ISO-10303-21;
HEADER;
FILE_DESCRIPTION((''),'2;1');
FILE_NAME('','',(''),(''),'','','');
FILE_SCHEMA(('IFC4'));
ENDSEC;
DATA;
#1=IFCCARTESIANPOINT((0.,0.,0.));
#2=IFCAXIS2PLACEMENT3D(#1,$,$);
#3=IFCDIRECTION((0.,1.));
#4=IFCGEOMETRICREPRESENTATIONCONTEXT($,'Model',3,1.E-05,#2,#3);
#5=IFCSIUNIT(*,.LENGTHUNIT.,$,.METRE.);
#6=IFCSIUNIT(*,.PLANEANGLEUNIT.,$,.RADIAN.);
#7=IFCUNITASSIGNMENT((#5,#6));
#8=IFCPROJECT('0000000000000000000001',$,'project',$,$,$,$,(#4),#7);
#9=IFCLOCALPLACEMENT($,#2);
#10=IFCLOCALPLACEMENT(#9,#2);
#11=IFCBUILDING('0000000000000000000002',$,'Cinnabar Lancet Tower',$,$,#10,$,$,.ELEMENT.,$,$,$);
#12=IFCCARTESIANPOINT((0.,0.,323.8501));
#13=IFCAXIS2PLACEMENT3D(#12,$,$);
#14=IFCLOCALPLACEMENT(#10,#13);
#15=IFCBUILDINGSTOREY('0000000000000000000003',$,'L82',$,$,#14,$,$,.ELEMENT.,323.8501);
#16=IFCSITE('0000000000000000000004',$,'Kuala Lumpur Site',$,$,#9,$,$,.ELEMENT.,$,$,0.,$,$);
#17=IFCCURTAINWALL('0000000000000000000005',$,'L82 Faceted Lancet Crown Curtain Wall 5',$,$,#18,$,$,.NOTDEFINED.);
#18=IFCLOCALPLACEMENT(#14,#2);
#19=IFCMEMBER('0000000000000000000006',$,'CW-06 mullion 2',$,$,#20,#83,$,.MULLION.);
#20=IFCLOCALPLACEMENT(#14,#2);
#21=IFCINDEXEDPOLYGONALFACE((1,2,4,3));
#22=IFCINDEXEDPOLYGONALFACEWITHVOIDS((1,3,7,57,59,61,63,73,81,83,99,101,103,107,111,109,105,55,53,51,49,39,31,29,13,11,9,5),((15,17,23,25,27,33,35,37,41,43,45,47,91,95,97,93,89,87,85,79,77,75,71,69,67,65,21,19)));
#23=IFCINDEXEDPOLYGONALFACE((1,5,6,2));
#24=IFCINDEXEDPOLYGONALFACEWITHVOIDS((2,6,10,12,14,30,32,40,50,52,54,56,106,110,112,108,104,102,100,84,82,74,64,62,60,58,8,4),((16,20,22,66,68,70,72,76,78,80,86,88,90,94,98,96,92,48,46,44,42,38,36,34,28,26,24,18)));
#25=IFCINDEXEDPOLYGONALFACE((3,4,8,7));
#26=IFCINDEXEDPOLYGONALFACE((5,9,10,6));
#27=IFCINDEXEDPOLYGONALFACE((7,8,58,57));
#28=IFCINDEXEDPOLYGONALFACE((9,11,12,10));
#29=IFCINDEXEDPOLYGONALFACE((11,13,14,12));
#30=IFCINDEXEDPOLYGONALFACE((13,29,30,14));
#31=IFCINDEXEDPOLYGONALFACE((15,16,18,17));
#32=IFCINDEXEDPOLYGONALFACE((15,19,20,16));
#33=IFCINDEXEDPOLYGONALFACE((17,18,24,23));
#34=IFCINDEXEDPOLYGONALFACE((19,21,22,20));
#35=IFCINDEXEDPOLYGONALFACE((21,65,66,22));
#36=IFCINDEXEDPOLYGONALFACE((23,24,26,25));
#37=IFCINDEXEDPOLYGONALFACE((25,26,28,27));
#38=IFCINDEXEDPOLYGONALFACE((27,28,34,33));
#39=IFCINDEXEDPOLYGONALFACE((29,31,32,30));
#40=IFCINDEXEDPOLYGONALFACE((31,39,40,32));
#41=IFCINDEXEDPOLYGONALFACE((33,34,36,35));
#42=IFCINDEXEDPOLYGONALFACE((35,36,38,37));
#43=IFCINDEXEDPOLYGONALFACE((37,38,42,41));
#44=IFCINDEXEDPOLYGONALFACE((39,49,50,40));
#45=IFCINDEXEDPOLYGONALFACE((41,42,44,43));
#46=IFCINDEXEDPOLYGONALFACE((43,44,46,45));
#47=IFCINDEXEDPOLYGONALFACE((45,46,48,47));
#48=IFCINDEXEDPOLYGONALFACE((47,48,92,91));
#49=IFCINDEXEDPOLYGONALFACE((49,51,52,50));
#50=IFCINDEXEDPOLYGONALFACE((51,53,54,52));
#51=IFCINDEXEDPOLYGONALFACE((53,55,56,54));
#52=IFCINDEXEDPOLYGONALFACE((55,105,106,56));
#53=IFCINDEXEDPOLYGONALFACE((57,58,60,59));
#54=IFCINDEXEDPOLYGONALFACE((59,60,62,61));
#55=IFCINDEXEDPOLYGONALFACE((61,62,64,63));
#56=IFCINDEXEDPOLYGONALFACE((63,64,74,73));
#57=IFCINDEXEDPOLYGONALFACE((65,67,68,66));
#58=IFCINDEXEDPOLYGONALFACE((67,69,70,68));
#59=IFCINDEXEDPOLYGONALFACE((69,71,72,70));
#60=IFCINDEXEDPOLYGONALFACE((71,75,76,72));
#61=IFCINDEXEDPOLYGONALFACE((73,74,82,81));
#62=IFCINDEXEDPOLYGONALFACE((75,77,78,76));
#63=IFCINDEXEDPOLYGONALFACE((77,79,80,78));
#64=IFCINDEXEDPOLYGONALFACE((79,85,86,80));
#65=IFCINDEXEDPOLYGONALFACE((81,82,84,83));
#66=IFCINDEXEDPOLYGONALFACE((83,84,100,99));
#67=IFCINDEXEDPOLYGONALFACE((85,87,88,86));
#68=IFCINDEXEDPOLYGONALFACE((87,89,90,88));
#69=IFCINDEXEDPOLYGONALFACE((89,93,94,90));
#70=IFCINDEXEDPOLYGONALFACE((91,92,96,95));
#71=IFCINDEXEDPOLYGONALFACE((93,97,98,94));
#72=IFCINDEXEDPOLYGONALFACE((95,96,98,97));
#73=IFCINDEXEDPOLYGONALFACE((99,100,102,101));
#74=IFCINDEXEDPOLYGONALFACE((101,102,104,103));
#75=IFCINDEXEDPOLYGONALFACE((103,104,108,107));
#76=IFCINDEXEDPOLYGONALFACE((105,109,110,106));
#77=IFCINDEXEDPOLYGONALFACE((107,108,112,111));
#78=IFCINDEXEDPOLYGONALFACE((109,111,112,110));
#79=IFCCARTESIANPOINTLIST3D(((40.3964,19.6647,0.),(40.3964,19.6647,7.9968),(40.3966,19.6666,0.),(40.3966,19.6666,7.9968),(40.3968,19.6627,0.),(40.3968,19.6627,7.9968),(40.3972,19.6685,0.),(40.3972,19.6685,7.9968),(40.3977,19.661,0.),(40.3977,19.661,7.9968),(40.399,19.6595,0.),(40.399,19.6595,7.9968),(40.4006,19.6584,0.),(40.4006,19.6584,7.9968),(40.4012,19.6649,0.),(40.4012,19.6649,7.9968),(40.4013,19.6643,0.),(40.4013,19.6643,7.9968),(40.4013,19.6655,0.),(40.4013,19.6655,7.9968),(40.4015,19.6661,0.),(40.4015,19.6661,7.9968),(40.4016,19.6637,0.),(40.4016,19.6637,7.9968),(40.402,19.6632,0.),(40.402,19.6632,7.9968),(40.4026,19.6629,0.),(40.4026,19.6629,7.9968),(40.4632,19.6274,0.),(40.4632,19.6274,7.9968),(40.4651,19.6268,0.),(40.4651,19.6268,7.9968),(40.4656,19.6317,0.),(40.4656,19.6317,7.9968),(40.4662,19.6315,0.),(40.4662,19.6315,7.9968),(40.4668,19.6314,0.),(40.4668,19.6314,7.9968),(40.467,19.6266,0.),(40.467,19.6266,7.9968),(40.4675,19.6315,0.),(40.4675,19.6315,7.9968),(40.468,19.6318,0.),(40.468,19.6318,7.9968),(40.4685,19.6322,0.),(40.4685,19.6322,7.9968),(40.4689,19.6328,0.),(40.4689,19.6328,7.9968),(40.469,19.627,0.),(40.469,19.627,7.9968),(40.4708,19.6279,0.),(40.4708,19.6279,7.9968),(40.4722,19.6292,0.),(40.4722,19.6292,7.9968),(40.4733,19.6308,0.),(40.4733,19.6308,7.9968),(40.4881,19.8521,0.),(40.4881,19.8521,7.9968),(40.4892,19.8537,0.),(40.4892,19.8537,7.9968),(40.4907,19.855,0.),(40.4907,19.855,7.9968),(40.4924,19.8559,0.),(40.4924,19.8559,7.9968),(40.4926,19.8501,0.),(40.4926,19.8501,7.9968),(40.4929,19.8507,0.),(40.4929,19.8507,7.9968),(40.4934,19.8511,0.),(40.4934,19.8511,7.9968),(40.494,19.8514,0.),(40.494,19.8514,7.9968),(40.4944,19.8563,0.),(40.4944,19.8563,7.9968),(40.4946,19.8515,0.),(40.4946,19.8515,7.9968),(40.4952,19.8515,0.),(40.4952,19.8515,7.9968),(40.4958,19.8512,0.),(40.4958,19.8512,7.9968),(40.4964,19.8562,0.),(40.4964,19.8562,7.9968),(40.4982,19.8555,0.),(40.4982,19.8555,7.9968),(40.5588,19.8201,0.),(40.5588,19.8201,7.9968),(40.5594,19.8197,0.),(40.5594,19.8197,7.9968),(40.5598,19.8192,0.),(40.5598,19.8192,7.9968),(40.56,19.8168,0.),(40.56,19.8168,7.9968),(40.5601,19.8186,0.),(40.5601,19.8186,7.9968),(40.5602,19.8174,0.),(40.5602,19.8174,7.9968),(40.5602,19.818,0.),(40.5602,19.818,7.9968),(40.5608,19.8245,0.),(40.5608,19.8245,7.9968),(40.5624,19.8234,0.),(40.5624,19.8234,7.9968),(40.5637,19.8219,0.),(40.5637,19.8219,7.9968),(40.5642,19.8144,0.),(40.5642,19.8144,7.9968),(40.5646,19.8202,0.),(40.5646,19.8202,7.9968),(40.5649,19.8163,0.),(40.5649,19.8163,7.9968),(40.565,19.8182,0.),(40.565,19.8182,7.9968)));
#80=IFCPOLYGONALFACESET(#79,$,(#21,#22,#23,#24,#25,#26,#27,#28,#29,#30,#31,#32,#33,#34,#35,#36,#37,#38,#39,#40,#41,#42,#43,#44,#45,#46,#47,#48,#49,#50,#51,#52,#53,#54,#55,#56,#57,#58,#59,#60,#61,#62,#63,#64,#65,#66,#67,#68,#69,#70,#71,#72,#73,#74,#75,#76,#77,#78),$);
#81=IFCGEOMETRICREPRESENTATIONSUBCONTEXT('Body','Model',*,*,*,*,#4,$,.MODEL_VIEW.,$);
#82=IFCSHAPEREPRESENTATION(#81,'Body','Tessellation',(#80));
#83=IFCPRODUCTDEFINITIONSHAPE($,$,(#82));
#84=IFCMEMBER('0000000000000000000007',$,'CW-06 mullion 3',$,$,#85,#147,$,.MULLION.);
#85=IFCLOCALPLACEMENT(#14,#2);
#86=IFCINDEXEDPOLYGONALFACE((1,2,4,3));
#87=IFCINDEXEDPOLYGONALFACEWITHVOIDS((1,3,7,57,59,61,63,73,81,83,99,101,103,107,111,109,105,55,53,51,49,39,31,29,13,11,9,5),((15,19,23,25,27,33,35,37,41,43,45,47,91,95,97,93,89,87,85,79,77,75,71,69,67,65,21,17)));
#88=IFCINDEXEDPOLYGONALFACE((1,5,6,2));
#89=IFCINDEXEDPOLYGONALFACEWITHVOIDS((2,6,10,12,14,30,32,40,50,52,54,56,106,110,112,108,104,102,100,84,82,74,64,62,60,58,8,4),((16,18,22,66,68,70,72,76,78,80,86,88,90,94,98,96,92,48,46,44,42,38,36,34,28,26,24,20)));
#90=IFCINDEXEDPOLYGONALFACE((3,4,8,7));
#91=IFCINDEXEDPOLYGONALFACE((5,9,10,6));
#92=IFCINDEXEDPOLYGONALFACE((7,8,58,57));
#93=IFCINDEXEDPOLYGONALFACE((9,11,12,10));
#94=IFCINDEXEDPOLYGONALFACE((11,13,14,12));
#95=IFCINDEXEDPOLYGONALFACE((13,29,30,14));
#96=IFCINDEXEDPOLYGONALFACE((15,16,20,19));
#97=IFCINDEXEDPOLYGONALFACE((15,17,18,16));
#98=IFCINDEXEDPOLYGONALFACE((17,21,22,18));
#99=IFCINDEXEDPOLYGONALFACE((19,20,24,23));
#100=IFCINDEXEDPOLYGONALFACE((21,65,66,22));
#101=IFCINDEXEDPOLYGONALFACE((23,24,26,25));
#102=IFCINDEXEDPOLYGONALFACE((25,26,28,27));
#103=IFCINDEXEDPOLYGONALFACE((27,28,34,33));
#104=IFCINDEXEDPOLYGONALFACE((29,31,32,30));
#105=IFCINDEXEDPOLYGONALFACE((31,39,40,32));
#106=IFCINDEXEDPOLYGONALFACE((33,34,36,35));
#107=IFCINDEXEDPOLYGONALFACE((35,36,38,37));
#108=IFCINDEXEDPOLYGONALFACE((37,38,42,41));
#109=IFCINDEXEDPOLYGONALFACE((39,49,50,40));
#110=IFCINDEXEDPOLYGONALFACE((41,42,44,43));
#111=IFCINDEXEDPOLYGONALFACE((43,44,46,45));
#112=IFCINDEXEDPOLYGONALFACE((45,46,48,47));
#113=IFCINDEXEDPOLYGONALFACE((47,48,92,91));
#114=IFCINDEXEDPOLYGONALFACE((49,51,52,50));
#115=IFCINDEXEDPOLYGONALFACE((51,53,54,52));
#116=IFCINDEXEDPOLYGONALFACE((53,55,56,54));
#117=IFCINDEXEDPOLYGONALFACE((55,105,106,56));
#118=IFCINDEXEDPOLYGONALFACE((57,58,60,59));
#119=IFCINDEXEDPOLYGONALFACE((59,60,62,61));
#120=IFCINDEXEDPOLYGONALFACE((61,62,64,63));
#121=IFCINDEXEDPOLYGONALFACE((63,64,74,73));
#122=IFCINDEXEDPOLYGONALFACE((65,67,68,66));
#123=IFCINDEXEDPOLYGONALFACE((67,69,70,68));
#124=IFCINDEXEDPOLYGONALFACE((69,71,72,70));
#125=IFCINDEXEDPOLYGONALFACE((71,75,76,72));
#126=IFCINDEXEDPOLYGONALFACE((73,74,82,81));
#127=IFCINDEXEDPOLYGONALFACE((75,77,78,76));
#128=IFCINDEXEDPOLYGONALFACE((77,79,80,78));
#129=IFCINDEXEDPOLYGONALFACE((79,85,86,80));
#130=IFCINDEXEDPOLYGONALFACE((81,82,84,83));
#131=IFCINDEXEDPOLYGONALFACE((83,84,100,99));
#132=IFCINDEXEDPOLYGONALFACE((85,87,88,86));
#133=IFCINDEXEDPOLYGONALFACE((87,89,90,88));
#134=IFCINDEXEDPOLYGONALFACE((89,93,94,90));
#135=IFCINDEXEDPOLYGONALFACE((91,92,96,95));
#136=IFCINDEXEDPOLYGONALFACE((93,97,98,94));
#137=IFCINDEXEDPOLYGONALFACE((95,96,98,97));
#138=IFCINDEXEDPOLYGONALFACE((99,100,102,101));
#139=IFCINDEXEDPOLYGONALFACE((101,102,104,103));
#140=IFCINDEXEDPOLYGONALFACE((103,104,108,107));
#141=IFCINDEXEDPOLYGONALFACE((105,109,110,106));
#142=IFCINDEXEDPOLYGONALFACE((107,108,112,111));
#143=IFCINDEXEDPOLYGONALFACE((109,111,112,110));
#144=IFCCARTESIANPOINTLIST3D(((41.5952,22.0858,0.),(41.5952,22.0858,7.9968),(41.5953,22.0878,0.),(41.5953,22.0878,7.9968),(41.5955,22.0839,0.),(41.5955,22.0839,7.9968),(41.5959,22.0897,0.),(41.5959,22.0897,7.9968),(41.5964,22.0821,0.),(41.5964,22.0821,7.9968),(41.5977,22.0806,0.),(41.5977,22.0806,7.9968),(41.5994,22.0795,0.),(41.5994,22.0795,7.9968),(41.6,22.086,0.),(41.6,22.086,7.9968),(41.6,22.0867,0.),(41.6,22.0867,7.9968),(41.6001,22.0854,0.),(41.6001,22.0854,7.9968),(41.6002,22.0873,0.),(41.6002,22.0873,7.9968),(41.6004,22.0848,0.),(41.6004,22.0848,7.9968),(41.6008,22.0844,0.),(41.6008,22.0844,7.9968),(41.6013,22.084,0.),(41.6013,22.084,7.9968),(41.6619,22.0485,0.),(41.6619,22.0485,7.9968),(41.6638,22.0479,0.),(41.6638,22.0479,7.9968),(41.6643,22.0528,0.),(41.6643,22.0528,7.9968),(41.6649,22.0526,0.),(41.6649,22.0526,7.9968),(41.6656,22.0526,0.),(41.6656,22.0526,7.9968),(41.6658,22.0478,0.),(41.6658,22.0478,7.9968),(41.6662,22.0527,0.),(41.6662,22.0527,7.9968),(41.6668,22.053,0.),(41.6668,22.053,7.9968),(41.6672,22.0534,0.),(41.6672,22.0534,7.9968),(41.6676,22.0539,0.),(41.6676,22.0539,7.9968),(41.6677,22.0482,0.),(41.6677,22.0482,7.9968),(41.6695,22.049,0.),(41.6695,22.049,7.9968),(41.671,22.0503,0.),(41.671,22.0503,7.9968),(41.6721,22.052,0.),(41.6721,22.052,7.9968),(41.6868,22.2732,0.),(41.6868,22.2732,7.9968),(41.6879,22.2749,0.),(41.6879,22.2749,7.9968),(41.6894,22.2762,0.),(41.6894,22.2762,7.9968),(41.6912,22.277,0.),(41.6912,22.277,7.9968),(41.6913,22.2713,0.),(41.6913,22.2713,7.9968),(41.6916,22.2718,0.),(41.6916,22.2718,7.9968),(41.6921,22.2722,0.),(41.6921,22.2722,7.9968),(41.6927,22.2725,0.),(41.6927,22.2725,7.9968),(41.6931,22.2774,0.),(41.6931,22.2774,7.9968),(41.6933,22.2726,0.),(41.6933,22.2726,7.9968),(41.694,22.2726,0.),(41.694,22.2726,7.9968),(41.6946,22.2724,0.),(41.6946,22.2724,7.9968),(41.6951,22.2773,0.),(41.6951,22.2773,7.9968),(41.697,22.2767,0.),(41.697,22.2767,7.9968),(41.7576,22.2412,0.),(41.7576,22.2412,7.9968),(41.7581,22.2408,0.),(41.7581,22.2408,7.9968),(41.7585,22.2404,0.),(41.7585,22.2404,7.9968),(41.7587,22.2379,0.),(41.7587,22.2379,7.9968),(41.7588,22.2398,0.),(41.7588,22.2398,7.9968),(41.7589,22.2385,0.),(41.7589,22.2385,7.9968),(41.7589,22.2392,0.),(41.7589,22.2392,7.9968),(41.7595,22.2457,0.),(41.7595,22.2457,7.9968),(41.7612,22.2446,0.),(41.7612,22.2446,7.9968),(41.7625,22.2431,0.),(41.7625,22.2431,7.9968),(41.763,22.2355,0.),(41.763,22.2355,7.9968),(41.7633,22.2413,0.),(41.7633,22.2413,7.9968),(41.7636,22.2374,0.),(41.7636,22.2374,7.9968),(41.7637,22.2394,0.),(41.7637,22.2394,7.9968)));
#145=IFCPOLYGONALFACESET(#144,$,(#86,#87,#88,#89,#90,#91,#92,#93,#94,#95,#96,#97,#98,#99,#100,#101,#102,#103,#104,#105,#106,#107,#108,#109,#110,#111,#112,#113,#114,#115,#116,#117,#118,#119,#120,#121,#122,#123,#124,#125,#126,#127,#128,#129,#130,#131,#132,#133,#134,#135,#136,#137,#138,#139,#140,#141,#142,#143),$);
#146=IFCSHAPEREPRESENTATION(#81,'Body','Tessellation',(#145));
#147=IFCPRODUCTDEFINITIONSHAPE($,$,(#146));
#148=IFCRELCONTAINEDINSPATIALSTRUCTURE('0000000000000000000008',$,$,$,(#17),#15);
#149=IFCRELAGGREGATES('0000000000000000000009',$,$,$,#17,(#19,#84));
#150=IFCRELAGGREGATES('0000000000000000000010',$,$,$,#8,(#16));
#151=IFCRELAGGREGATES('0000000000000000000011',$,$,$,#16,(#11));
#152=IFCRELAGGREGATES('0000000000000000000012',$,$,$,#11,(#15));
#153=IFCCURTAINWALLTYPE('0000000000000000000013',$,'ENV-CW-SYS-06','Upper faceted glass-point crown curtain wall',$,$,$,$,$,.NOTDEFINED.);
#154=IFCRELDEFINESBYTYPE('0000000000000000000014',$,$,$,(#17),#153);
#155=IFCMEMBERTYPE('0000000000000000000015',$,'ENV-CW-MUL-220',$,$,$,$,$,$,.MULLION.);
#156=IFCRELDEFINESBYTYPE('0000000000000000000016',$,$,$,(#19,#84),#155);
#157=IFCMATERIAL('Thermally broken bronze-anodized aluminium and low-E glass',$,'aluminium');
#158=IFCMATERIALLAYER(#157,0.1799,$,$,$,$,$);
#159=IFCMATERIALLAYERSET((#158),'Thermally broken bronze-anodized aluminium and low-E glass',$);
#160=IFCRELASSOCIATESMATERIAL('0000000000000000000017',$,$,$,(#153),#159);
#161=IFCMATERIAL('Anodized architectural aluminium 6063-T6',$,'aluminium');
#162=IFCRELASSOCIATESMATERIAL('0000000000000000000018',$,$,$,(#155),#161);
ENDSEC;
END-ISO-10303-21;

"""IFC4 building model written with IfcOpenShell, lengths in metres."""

from ifc_helpers import new_model, si_unit, direction, frame, origin, origin_2d, place, context, subcontext, project, spatial, hollow_rectangle, extrude, material, layer, layer_set, material_profile, profile_set, type_object, element, aggregate, save


model = new_model("IFC4")

# Units and contexts
model_context = context("Model", 3, precision=1e-05, world=origin(), true_north=direction((0.0, 1.0)))
body_context = subcontext(model_context, "Body", "Model", "MODEL_VIEW")
ifc_project = project(units=[si_unit("LENGTHUNIT", "METRE"), si_unit("PLANEANGLEUNIT", "RADIAN")], contexts=[model_context])

# Site, building, storey
site_placement = place(None, origin())
site = spatial("IfcSite", under=ifc_project, at=site_placement, Name="Kuala Lumpur Site", CompositionType="ELEMENT", RefElevation=0.0)
building_placement = place(site_placement, origin())
building = spatial("IfcBuilding", under=site, at=building_placement, Name="Cinnabar Lancet Tower", CompositionType="ELEMENT")
storey_placement = place(building_placement, frame((0.0, 0.0, 323.8501)))
storey = spatial("IfcBuildingStorey", under=building, at=storey_placement, Name="L82", CompositionType="ELEMENT", Elevation=323.8501)

# Curtain wall, members
ifc_material_1 = material(Name="Thermally broken bronze-anodized aluminium and low-E glass", Category="aluminium")
ifc_layer_1 = layer(ifc_material_1, 0.1799)
ifc_layer_set_1 = layer_set([ifc_layer_1], Name="Thermally broken bronze-anodized aluminium and low-E glass")
curtain_wall_type = type_object("IfcCurtainWallType", Name="ENV-CW-SYS-06", Description="Upper faceted glass-point crown curtain wall", PredefinedType="NOTDEFINED", material=ifc_layer_set_1)
curtain_wall_placement = place(storey_placement, origin())
curtain_wall = element("IfcCurtainWall", 1, at=curtain_wall_placement, inside=storey, type_object=curtain_wall_type, Name="L82 Faceted Lancet Crown Curtain Wall 5", PredefinedType="NOTDEFINED")
ifc_material_2 = material(Name="Anodized architectural aluminium 6063-T6", Category="aluminium")
ifc_material_profile_1 = material_profile(ifc_material_2, hollow_rectangle(XDim=0.085, YDim=0.22, WallThickness=0.0049, InnerFilletRadius=0.0024, OuterFilletRadius=0.0076, at=origin_2d()), Name="CW-MUL 220x85x5")
ifc_profile_set_1 = profile_set([ifc_material_profile_1], Name="Anodized architectural aluminium 6063-T6")
member_type_1 = type_object("IfcMemberType", Name="ENV-CW-MUL-220", PredefinedType="MULLION", material=ifc_profile_set_1)
member_1_placement = place(storey_placement, frame((40.4807, 19.7415, 0.0), z_axis=(0.0, 0.0, 1.0), x_axis=(-0.896197, 0.443657, 0.0)))
member_1 = element("IfcMember", 2, at=member_1_placement, type_object=member_type_1, Name="CW-06 mullion 2", PredefinedType="MULLION", context=body_context, shape_type="SweptSolid", body=[
    extrude(hollow_rectangle(XDim=0.085, YDim=0.22, WallThickness=0.0049, InnerFilletRadius=0.0024, OuterFilletRadius=0.0076, at=origin_2d()), origin(), (0.0, 0.0, 1.0), 7.9968),
])
member_2_placement = place(storey_placement, frame((41.6794, 22.1626, 0.0), z_axis=(0.0, 0.0, 1.0), x_axis=(-0.896197, 0.443657, 0.0)))
member_2 = element("IfcMember", 3, at=member_2_placement, type_object=member_type_1, Name="CW-06 mullion 3", PredefinedType="MULLION", context=body_context, shape_type="SweptSolid", body=[
    extrude(hollow_rectangle(XDim=0.085, YDim=0.22, WallThickness=0.0049, InnerFilletRadius=0.0024, OuterFilletRadius=0.0076, at=origin_2d()), origin(), (0.0, 0.0, 1.0), 7.9968),
])

aggregate(curtain_wall, [member_1, member_2])

save(model, "model.ifc")
